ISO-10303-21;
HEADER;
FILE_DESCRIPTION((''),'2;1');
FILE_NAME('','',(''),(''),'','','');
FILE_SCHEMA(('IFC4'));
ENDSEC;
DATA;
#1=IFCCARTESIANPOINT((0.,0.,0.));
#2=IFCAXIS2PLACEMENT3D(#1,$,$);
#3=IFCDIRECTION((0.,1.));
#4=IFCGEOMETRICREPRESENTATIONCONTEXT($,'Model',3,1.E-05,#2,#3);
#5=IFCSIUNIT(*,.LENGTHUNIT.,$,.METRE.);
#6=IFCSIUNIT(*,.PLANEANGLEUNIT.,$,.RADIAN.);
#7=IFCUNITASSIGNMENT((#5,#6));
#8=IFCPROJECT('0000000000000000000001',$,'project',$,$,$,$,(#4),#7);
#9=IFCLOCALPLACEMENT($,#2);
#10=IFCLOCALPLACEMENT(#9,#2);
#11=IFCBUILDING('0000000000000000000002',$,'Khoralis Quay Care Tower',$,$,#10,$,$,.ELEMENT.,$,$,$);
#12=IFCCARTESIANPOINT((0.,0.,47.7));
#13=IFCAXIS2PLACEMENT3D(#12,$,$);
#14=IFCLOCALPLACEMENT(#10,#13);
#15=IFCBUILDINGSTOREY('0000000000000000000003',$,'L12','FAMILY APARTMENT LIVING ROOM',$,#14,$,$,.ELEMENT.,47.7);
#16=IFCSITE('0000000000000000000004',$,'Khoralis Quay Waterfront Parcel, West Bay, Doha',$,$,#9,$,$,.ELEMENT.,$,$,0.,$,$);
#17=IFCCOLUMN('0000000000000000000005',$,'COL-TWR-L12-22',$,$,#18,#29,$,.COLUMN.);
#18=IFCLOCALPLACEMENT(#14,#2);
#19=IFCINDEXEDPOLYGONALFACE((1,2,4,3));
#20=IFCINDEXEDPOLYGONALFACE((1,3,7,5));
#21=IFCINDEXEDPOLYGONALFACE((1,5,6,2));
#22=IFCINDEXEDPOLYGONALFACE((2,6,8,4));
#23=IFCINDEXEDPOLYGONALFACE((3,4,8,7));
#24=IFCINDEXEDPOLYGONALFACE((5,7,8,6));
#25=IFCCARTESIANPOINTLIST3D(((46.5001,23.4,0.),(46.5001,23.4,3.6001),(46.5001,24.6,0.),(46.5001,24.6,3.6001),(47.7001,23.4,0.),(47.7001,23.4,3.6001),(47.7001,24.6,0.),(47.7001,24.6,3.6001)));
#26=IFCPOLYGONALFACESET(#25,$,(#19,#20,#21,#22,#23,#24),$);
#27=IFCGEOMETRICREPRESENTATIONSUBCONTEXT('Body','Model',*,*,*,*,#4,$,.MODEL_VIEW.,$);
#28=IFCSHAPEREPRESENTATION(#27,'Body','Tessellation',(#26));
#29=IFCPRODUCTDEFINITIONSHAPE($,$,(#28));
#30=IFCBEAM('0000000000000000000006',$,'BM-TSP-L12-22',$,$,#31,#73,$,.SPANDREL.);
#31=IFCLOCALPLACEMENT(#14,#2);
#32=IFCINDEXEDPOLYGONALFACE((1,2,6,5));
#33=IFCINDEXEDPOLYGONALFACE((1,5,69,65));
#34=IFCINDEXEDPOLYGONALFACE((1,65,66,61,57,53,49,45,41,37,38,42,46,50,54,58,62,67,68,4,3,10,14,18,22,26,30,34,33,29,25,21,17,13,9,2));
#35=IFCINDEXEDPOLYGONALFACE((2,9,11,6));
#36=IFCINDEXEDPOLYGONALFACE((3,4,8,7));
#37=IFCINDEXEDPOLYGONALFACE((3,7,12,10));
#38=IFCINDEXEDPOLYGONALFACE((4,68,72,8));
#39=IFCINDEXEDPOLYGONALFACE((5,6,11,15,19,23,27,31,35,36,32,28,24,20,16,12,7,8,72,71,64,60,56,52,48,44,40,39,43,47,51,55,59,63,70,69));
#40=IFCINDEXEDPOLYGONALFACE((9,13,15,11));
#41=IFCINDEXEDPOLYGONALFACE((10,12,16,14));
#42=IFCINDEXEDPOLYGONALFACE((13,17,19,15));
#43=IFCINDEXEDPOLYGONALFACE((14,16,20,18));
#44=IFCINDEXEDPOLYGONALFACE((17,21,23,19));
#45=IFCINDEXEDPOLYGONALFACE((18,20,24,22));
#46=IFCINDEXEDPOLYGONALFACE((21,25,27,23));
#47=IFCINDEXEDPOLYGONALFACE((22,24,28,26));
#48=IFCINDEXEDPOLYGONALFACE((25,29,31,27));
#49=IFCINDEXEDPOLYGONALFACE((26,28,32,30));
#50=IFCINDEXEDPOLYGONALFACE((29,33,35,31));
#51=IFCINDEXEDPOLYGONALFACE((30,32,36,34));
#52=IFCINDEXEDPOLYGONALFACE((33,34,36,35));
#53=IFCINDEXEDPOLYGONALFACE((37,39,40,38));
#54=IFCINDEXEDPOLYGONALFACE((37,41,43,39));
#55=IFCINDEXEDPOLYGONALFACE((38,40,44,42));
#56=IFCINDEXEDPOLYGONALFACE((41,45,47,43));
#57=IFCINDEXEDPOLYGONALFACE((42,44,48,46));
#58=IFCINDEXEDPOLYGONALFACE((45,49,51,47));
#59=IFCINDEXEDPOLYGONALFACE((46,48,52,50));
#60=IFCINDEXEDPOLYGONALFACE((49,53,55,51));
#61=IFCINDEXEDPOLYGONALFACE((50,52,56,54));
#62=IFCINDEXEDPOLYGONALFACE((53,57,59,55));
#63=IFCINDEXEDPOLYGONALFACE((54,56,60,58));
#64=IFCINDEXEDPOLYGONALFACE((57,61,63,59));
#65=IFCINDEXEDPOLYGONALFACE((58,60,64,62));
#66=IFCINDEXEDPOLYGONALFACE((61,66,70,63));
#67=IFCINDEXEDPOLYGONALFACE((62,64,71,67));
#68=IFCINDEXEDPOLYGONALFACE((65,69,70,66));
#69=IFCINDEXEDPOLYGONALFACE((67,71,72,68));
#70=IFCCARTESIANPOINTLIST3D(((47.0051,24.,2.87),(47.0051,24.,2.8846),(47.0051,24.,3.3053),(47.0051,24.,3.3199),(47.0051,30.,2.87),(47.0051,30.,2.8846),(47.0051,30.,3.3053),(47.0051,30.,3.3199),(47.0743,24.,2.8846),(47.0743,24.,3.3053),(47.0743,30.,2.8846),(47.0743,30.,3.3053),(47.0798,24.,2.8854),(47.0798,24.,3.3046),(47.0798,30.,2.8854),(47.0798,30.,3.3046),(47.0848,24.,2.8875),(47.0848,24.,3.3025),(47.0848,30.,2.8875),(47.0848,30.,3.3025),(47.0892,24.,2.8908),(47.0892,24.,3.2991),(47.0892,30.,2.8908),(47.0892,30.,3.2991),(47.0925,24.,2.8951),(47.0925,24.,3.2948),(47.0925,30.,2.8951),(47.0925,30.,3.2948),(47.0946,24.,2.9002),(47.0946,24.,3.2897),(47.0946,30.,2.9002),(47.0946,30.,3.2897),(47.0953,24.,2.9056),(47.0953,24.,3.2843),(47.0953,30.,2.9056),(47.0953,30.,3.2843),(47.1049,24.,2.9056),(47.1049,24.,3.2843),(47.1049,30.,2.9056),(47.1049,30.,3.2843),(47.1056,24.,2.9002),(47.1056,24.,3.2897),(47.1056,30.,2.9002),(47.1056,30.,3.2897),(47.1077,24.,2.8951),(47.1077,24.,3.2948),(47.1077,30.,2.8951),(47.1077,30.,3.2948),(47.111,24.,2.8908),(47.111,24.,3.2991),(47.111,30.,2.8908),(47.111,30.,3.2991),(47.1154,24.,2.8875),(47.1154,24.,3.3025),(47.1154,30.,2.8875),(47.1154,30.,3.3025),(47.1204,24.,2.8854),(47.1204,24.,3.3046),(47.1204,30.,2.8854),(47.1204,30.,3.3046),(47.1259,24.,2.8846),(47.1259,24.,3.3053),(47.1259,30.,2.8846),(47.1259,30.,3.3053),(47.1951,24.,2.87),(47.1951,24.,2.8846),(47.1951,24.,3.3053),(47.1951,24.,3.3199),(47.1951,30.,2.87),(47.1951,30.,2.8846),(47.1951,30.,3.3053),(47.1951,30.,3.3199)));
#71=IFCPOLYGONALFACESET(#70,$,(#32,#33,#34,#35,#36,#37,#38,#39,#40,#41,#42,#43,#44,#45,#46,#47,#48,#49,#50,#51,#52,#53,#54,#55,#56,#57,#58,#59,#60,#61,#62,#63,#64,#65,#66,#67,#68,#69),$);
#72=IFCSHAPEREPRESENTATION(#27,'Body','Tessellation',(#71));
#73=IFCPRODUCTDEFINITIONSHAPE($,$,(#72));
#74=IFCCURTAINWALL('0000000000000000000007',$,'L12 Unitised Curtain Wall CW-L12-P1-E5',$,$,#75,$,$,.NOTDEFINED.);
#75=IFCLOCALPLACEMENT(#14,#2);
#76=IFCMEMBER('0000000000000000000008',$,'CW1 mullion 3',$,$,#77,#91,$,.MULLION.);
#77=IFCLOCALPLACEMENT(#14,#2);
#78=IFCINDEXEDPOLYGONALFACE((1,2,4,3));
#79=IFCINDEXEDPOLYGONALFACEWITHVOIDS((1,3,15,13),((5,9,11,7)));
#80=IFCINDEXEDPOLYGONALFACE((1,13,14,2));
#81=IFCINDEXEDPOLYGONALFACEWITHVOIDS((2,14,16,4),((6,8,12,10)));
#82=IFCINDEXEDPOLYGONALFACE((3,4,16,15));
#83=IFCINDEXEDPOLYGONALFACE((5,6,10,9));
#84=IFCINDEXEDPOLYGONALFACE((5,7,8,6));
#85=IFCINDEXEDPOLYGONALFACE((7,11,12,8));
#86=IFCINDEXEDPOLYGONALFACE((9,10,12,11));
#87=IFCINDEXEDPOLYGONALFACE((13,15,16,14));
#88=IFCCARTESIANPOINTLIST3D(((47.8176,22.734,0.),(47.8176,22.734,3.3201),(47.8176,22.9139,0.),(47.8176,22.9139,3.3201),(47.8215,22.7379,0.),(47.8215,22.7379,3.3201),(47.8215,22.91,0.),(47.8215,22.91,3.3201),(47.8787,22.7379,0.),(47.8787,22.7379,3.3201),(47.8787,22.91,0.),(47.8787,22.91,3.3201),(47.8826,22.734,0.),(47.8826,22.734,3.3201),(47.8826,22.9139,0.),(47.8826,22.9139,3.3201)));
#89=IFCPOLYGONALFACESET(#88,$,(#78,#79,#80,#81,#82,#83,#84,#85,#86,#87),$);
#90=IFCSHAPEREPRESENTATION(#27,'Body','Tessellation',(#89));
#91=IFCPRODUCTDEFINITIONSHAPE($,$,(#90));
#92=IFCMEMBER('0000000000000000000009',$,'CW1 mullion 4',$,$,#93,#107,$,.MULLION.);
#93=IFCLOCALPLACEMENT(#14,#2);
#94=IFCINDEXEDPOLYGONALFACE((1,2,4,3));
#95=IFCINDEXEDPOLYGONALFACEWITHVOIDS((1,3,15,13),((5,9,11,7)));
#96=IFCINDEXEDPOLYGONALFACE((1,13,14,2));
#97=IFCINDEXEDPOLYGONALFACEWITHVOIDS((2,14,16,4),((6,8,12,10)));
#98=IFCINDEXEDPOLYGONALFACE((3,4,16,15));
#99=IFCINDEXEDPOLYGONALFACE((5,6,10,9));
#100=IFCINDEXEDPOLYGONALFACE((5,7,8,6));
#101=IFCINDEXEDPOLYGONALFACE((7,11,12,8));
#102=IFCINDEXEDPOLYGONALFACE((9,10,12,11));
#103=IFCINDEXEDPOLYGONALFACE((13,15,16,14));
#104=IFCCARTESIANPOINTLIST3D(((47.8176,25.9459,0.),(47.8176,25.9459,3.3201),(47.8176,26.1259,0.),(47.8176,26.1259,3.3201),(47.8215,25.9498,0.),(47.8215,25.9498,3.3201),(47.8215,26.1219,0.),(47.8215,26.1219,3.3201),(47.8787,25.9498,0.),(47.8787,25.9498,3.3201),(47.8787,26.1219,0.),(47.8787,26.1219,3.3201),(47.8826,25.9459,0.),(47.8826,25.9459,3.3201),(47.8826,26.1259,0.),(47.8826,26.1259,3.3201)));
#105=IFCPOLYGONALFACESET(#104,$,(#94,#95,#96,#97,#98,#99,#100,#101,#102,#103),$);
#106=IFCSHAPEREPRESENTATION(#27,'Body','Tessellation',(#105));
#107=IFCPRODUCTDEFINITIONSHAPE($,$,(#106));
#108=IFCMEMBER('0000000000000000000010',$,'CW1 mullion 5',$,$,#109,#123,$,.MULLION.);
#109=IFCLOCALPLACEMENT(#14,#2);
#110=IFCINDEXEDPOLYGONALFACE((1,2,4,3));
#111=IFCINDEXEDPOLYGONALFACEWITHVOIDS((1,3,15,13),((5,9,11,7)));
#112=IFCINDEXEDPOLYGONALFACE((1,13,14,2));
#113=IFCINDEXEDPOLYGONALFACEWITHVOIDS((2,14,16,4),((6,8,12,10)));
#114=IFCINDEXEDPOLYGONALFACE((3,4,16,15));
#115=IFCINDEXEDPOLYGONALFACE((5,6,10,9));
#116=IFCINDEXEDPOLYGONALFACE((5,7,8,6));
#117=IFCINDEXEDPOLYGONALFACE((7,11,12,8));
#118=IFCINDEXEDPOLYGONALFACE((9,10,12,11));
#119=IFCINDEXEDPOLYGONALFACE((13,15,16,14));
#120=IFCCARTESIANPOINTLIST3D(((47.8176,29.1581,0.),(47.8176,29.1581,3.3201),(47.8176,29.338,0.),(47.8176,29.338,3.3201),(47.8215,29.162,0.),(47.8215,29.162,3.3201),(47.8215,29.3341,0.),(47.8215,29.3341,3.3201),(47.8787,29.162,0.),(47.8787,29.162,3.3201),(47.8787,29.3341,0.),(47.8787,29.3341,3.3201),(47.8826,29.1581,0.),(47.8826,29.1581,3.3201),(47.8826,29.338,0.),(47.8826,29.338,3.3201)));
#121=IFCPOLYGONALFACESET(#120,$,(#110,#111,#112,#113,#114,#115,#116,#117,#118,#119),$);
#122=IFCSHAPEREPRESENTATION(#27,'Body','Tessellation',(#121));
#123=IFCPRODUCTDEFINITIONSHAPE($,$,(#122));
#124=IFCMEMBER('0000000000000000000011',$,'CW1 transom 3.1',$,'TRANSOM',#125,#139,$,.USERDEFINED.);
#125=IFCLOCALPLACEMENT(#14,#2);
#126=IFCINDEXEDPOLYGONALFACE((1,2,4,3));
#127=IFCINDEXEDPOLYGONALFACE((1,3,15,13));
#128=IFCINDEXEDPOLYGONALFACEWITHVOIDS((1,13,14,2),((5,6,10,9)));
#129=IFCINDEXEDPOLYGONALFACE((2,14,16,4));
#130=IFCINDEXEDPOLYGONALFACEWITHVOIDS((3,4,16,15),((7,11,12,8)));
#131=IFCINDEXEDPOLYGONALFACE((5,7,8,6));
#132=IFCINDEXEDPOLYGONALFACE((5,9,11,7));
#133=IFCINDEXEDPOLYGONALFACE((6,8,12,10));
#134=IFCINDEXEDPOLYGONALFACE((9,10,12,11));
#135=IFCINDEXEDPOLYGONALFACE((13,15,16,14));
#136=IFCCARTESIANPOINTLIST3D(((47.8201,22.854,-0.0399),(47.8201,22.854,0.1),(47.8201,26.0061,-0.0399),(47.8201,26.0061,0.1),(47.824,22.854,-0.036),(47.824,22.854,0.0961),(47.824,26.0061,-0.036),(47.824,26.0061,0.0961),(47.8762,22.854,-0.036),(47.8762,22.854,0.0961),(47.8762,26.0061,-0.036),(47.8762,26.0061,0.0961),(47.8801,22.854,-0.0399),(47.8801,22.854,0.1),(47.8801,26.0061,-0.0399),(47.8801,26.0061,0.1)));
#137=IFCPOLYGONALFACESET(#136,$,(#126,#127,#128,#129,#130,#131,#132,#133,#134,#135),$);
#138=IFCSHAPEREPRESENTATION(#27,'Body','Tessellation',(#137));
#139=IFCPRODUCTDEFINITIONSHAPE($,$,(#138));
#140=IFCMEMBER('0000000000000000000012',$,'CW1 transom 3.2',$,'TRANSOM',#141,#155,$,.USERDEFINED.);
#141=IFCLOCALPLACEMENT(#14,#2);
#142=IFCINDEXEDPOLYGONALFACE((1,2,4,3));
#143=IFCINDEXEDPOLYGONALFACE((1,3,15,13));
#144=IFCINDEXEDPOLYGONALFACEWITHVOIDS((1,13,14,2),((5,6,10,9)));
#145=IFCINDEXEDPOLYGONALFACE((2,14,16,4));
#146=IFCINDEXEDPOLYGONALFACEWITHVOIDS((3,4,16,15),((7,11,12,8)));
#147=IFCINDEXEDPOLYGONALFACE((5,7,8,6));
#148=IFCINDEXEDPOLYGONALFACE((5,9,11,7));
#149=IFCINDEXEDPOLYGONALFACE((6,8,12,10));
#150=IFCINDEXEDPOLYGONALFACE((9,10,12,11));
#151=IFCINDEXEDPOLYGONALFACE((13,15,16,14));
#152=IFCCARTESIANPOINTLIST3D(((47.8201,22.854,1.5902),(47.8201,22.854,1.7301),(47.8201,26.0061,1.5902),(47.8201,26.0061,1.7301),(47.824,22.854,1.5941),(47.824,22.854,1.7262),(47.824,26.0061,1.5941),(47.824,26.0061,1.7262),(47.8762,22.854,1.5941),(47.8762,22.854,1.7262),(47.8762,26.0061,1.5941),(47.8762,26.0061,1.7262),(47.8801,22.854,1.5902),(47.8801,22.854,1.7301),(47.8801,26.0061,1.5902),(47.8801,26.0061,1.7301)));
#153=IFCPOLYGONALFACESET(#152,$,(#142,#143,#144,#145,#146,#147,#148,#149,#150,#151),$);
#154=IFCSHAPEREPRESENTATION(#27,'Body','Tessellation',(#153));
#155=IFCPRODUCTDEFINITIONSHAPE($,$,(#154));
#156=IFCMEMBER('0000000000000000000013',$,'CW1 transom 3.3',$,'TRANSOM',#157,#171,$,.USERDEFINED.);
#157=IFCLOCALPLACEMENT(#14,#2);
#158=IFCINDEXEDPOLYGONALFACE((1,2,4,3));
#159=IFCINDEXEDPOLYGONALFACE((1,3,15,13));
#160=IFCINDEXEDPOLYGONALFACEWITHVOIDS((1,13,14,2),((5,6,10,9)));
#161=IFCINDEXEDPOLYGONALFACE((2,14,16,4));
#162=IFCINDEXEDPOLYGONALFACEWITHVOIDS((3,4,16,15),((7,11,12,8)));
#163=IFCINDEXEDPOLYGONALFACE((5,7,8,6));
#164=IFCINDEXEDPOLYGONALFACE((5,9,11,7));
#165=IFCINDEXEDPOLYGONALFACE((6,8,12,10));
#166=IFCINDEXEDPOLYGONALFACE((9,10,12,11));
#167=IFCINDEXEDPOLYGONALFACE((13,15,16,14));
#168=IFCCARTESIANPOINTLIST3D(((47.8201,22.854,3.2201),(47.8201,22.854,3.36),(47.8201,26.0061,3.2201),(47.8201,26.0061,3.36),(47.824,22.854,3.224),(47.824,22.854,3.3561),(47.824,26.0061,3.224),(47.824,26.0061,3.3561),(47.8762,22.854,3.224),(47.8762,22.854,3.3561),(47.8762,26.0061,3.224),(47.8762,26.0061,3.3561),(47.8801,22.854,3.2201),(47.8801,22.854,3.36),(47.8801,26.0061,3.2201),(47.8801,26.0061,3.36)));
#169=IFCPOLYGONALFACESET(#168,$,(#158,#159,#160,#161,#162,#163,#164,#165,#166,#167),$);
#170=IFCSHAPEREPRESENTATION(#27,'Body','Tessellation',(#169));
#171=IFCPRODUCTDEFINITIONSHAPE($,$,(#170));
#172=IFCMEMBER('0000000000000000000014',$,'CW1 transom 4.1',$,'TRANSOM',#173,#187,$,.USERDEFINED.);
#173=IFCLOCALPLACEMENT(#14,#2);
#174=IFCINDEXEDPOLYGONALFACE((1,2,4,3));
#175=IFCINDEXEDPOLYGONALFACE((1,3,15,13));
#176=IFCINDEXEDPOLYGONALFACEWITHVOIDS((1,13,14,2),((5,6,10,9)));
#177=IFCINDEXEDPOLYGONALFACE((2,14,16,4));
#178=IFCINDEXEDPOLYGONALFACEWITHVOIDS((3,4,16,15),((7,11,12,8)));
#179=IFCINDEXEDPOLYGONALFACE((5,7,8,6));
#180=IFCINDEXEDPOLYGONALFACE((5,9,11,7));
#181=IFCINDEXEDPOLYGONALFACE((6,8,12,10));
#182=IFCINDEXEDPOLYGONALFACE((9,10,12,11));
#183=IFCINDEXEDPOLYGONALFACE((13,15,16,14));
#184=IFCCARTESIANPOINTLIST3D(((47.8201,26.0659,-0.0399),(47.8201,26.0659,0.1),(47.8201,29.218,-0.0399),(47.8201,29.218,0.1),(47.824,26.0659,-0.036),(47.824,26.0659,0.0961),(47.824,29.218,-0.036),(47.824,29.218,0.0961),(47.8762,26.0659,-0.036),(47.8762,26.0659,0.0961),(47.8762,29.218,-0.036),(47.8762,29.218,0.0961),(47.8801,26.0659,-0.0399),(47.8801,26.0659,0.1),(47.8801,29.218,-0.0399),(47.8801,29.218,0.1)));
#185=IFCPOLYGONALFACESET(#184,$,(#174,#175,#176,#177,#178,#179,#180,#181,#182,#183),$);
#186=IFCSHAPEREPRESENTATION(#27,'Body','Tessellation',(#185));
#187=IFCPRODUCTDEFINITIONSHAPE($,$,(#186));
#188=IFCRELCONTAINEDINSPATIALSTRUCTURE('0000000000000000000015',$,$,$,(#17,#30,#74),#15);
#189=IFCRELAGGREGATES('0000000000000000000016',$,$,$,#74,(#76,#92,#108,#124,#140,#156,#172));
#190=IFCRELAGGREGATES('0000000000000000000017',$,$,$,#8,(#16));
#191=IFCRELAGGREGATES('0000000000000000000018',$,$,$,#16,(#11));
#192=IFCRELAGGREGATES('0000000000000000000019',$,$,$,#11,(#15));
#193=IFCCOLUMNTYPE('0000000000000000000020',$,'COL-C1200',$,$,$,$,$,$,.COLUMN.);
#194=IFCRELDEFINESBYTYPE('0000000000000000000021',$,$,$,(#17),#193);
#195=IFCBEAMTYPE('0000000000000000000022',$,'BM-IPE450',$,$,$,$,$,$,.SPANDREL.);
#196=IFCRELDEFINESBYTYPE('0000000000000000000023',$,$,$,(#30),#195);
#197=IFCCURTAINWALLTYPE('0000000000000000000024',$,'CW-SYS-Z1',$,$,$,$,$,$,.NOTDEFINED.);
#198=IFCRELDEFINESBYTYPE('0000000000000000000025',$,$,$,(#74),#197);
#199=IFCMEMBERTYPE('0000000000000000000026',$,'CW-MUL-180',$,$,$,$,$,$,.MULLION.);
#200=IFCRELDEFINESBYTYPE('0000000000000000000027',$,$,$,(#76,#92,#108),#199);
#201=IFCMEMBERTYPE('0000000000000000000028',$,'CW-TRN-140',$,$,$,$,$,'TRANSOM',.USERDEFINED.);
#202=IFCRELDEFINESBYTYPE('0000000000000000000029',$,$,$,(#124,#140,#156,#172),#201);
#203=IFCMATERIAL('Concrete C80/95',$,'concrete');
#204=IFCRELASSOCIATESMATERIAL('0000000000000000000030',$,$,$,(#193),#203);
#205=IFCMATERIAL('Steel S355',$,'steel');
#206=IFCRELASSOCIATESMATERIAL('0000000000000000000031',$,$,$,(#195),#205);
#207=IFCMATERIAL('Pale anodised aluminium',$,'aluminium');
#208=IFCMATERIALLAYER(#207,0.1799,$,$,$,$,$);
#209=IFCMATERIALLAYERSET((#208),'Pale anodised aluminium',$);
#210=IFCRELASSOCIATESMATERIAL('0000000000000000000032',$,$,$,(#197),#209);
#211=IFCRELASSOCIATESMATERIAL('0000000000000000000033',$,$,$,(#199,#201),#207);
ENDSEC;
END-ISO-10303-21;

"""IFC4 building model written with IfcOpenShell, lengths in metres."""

from ifc_helpers import new_model, si_unit, direction, frame, origin, origin_2d, place, context, subcontext, project, spatial, rectangle, hollow_rectangle, i_section, extrude, source, transform, mapped, material, layer, layer_set, material_profile, profile_set, type_object, element, aggregate, save


model = new_model("IFC4")

# Units and contexts
model_context = context("Model", 3, precision=1e-05, world=origin(), true_north=direction((0.0, 1.0)))
body_context = subcontext(model_context, "Body", "Model", "MODEL_VIEW")
ifc_project = project(units=[si_unit("LENGTHUNIT", "METRE"), si_unit("PLANEANGLEUNIT", "RADIAN")], contexts=[model_context])

# Site, building, storey
site_placement = place(None, origin())
site = spatial("IfcSite", under=ifc_project, at=site_placement, Name="Khoralis Quay Waterfront Parcel, West Bay, Doha", CompositionType="ELEMENT", RefElevation=0.0)
building_placement = place(site_placement, origin())
building = spatial("IfcBuilding", under=site, at=building_placement, Name="Khoralis Quay Care Tower", CompositionType="ELEMENT")
storey_placement = place(building_placement, frame((0.0, 0.0, 47.7)))
storey = spatial("IfcBuildingStorey", under=building, at=storey_placement, Name="L12", Description="FAMILY APARTMENT LIVING ROOM", CompositionType="ELEMENT", Elevation=47.7)

# Column
ifc_material_1 = material(Name="Concrete C80/95", Category="concrete")
ifc_material_profile_1 = material_profile(ifc_material_1, rectangle(XDim=1.2, YDim=1.2, at=origin_2d()), Name="Concrete C80/95")
ifc_profile_set_1 = profile_set([ifc_material_profile_1], Name="Concrete C80/95")
column_type = type_object("IfcColumnType", Name="COL-C1200", PredefinedType="COLUMN", material=ifc_profile_set_1)
shared_shape_1 = source(origin(), body_context, "Body", "SweptSolid", [
    extrude(rectangle(XDim=1.2, YDim=1.2, at=origin_2d()), origin(), (0.0, 0.0, 1.0), 3.6001),
])
column_placement = place(storey_placement, frame((47.1001, 24.0, 0.0), z_axis=(0.0, 0.0, 1.0), x_axis=(1.0, 0.0, 0.0)))
element("IfcColumn", 1, at=column_placement, inside=storey, type_object=column_type, Name="COL-TWR-L12-22", PredefinedType="COLUMN", context=body_context, shape_type="MappedRepresentation", body=[
    mapped(shared_shape_1, transform((0.0, 0.0, 0.0), scale=1.0)),
])

# Beam
ifc_material_2 = material(Name="Steel S355", Category="steel")
ifc_material_profile_2 = material_profile(ifc_material_2, i_section(OverallWidth=0.1899, OverallDepth=0.45, WebThickness=0.0095, FlangeThickness=0.0146, FilletRadius=0.021, at=origin_2d()), Name="Steel S355")
ifc_profile_set_2 = profile_set([ifc_material_profile_2], Name="Steel S355")
beam_type = type_object("IfcBeamType", Name="BM-IPE450", PredefinedType="SPANDREL", material=ifc_profile_set_2)
shared_shape_2 = source(origin(), body_context, "Body", "SweptSolid", [
    extrude(i_section(OverallWidth=0.1899, OverallDepth=0.45, WebThickness=0.0095, FlangeThickness=0.0146, FilletRadius=0.021, at=origin_2d()), origin(), (0.0, 0.0, 1.0), 6.0),
])
beam_placement = place(storey_placement, frame((47.1001, 24.0, 3.095), z_axis=(0.0, 1.0, 0.0), x_axis=(-1.0, 0.0, 0.0)))
element("IfcBeam", 2, at=beam_placement, inside=storey, type_object=beam_type, Name="BM-TSP-L12-22", PredefinedType="SPANDREL", context=body_context, shape_type="MappedRepresentation", body=[
    mapped(shared_shape_2, transform((0.0, 0.0, 0.0), scale=1.0)),
])

# Curtain wall, members
ifc_material_3 = material(Name="Pale anodised aluminium", Category="aluminium")
ifc_layer_1 = layer(ifc_material_3, 0.1799)
ifc_layer_set_1 = layer_set([ifc_layer_1], Name="Pale anodised aluminium")
curtain_wall_type = type_object("IfcCurtainWallType", Name="CW-SYS-Z1", PredefinedType="NOTDEFINED", material=ifc_layer_set_1)
curtain_wall_placement = place(storey_placement, origin())
curtain_wall = element("IfcCurtainWall", 3, at=curtain_wall_placement, inside=storey, type_object=curtain_wall_type, Name="L12 Unitised Curtain Wall CW-L12-P1-E5", PredefinedType="NOTDEFINED")
ifc_material_profile_3 = material_profile(ifc_material_3, hollow_rectangle(XDim=0.0649, YDim=0.1799, WallThickness=0.0039, at=origin_2d()), Name="Pale anodised aluminium")
ifc_profile_set_3 = profile_set([ifc_material_profile_3], Name="Pale anodised aluminium")
member_type_1 = type_object("IfcMemberType", Name="CW-MUL-180", PredefinedType="MULLION", material=ifc_profile_set_3)
shared_shape_3 = source(origin(), body_context, "Body", "SweptSolid", [
    extrude(hollow_rectangle(XDim=0.0649, YDim=0.1799, WallThickness=0.0039, at=origin_2d()), origin(), (0.0, 0.0, 1.0), 3.3201),
])
member_1_placement = place(storey_placement, frame((47.8501, 22.824, 0.0), z_axis=(0.0, 0.0, 1.0), x_axis=(-1.0, 0.0, 0.0)))
member_1 = element("IfcMember", 4, at=member_1_placement, type_object=member_type_1, Name="CW1 mullion 3", PredefinedType="MULLION", context=body_context, shape_type="MappedRepresentation", body=[
    mapped(shared_shape_3, transform((0.0, 0.0, 0.0), scale=1.0)),
])
member_2_placement = place(storey_placement, frame((47.8501, 26.0359, 0.0), z_axis=(0.0, 0.0, 1.0), x_axis=(-1.0, 0.0, 0.0)))
member_2 = element("IfcMember", 5, at=member_2_placement, type_object=member_type_1, Name="CW1 mullion 4", PredefinedType="MULLION", context=body_context, shape_type="MappedRepresentation", body=[
    mapped(shared_shape_3, transform((0.0, 0.0, 0.0), scale=1.0)),
])
member_3_placement = place(storey_placement, frame((47.8501, 29.248, 0.0), z_axis=(0.0, 0.0, 1.0), x_axis=(-1.0, 0.0, 0.0)))
member_3 = element("IfcMember", 6, at=member_3_placement, type_object=member_type_1, Name="CW1 mullion 5", PredefinedType="MULLION", context=body_context, shape_type="MappedRepresentation", body=[
    mapped(shared_shape_3, transform((0.0, 0.0, 0.0), scale=1.0)),
])
ifc_material_profile_4 = material_profile(ifc_material_3, hollow_rectangle(XDim=0.0601, YDim=0.1399, WallThickness=0.0039, at=origin_2d()), Name="Pale anodised aluminium")
ifc_profile_set_4 = profile_set([ifc_material_profile_4], Name="Pale anodised aluminium")
member_type_2 = type_object("IfcMemberType", Name="CW-TRN-140", ElementType="TRANSOM", PredefinedType="USERDEFINED", material=ifc_profile_set_4)
shared_shape_4 = source(origin(), body_context, "Body", "SweptSolid", [
    extrude(hollow_rectangle(XDim=0.0601, YDim=0.1399, WallThickness=0.0039, at=origin_2d()), origin(), (0.0, 0.0, 1.0), 3.1521),
])
member_4_placement = place(storey_placement, frame((47.8501, 22.854, 0.03), z_axis=(0.0, 1.0, 0.0), x_axis=(-1.0, 0.0, 0.0)))
member_4 = element("IfcMember", 7, at=member_4_placement, type_object=member_type_2, Name="CW1 transom 3.1", ObjectType="TRANSOM", PredefinedType="USERDEFINED", context=body_context, shape_type="MappedRepresentation", body=[
    mapped(shared_shape_4, transform((0.0, 0.0, 0.0), scale=1.0)),
])
member_5_placement = place(storey_placement, frame((47.8501, 22.854, 1.6602), z_axis=(0.0, 1.0, 0.0), x_axis=(-1.0, 0.0, 0.0)))
member_5 = element("IfcMember", 8, at=member_5_placement, type_object=member_type_2, Name="CW1 transom 3.2", ObjectType="TRANSOM", PredefinedType="USERDEFINED", context=body_context, shape_type="MappedRepresentation", body=[
    mapped(shared_shape_4, transform((0.0, 0.0, 0.0), scale=1.0)),
])
member_6_placement = place(storey_placement, frame((47.8501, 22.854, 3.29), z_axis=(0.0, 1.0, 0.0), x_axis=(-1.0, 0.0, 0.0)))
member_6 = element("IfcMember", 9, at=member_6_placement, type_object=member_type_2, Name="CW1 transom 3.3", ObjectType="TRANSOM", PredefinedType="USERDEFINED", context=body_context, shape_type="MappedRepresentation", body=[
    mapped(shared_shape_4, transform((0.0, 0.0, 0.0), scale=1.0)),
])
member_7_placement = place(storey_placement, frame((47.8501, 26.0659, 0.03), z_axis=(0.0, 1.0, 0.0), x_axis=(-1.0, 0.0, 0.0)))
member_7 = element("IfcMember", 10, at=member_7_placement, type_object=member_type_2, Name="CW1 transom 4.1", ObjectType="TRANSOM", PredefinedType="USERDEFINED", context=body_context, shape_type="MappedRepresentation", body=[
    mapped(shared_shape_4, transform((0.0, 0.0, 0.0), scale=1.0)),
])
aggregate(curtain_wall, [member_1, member_2, member_3, member_4, member_5, member_6, member_7])

save(model, "model.ifc")
